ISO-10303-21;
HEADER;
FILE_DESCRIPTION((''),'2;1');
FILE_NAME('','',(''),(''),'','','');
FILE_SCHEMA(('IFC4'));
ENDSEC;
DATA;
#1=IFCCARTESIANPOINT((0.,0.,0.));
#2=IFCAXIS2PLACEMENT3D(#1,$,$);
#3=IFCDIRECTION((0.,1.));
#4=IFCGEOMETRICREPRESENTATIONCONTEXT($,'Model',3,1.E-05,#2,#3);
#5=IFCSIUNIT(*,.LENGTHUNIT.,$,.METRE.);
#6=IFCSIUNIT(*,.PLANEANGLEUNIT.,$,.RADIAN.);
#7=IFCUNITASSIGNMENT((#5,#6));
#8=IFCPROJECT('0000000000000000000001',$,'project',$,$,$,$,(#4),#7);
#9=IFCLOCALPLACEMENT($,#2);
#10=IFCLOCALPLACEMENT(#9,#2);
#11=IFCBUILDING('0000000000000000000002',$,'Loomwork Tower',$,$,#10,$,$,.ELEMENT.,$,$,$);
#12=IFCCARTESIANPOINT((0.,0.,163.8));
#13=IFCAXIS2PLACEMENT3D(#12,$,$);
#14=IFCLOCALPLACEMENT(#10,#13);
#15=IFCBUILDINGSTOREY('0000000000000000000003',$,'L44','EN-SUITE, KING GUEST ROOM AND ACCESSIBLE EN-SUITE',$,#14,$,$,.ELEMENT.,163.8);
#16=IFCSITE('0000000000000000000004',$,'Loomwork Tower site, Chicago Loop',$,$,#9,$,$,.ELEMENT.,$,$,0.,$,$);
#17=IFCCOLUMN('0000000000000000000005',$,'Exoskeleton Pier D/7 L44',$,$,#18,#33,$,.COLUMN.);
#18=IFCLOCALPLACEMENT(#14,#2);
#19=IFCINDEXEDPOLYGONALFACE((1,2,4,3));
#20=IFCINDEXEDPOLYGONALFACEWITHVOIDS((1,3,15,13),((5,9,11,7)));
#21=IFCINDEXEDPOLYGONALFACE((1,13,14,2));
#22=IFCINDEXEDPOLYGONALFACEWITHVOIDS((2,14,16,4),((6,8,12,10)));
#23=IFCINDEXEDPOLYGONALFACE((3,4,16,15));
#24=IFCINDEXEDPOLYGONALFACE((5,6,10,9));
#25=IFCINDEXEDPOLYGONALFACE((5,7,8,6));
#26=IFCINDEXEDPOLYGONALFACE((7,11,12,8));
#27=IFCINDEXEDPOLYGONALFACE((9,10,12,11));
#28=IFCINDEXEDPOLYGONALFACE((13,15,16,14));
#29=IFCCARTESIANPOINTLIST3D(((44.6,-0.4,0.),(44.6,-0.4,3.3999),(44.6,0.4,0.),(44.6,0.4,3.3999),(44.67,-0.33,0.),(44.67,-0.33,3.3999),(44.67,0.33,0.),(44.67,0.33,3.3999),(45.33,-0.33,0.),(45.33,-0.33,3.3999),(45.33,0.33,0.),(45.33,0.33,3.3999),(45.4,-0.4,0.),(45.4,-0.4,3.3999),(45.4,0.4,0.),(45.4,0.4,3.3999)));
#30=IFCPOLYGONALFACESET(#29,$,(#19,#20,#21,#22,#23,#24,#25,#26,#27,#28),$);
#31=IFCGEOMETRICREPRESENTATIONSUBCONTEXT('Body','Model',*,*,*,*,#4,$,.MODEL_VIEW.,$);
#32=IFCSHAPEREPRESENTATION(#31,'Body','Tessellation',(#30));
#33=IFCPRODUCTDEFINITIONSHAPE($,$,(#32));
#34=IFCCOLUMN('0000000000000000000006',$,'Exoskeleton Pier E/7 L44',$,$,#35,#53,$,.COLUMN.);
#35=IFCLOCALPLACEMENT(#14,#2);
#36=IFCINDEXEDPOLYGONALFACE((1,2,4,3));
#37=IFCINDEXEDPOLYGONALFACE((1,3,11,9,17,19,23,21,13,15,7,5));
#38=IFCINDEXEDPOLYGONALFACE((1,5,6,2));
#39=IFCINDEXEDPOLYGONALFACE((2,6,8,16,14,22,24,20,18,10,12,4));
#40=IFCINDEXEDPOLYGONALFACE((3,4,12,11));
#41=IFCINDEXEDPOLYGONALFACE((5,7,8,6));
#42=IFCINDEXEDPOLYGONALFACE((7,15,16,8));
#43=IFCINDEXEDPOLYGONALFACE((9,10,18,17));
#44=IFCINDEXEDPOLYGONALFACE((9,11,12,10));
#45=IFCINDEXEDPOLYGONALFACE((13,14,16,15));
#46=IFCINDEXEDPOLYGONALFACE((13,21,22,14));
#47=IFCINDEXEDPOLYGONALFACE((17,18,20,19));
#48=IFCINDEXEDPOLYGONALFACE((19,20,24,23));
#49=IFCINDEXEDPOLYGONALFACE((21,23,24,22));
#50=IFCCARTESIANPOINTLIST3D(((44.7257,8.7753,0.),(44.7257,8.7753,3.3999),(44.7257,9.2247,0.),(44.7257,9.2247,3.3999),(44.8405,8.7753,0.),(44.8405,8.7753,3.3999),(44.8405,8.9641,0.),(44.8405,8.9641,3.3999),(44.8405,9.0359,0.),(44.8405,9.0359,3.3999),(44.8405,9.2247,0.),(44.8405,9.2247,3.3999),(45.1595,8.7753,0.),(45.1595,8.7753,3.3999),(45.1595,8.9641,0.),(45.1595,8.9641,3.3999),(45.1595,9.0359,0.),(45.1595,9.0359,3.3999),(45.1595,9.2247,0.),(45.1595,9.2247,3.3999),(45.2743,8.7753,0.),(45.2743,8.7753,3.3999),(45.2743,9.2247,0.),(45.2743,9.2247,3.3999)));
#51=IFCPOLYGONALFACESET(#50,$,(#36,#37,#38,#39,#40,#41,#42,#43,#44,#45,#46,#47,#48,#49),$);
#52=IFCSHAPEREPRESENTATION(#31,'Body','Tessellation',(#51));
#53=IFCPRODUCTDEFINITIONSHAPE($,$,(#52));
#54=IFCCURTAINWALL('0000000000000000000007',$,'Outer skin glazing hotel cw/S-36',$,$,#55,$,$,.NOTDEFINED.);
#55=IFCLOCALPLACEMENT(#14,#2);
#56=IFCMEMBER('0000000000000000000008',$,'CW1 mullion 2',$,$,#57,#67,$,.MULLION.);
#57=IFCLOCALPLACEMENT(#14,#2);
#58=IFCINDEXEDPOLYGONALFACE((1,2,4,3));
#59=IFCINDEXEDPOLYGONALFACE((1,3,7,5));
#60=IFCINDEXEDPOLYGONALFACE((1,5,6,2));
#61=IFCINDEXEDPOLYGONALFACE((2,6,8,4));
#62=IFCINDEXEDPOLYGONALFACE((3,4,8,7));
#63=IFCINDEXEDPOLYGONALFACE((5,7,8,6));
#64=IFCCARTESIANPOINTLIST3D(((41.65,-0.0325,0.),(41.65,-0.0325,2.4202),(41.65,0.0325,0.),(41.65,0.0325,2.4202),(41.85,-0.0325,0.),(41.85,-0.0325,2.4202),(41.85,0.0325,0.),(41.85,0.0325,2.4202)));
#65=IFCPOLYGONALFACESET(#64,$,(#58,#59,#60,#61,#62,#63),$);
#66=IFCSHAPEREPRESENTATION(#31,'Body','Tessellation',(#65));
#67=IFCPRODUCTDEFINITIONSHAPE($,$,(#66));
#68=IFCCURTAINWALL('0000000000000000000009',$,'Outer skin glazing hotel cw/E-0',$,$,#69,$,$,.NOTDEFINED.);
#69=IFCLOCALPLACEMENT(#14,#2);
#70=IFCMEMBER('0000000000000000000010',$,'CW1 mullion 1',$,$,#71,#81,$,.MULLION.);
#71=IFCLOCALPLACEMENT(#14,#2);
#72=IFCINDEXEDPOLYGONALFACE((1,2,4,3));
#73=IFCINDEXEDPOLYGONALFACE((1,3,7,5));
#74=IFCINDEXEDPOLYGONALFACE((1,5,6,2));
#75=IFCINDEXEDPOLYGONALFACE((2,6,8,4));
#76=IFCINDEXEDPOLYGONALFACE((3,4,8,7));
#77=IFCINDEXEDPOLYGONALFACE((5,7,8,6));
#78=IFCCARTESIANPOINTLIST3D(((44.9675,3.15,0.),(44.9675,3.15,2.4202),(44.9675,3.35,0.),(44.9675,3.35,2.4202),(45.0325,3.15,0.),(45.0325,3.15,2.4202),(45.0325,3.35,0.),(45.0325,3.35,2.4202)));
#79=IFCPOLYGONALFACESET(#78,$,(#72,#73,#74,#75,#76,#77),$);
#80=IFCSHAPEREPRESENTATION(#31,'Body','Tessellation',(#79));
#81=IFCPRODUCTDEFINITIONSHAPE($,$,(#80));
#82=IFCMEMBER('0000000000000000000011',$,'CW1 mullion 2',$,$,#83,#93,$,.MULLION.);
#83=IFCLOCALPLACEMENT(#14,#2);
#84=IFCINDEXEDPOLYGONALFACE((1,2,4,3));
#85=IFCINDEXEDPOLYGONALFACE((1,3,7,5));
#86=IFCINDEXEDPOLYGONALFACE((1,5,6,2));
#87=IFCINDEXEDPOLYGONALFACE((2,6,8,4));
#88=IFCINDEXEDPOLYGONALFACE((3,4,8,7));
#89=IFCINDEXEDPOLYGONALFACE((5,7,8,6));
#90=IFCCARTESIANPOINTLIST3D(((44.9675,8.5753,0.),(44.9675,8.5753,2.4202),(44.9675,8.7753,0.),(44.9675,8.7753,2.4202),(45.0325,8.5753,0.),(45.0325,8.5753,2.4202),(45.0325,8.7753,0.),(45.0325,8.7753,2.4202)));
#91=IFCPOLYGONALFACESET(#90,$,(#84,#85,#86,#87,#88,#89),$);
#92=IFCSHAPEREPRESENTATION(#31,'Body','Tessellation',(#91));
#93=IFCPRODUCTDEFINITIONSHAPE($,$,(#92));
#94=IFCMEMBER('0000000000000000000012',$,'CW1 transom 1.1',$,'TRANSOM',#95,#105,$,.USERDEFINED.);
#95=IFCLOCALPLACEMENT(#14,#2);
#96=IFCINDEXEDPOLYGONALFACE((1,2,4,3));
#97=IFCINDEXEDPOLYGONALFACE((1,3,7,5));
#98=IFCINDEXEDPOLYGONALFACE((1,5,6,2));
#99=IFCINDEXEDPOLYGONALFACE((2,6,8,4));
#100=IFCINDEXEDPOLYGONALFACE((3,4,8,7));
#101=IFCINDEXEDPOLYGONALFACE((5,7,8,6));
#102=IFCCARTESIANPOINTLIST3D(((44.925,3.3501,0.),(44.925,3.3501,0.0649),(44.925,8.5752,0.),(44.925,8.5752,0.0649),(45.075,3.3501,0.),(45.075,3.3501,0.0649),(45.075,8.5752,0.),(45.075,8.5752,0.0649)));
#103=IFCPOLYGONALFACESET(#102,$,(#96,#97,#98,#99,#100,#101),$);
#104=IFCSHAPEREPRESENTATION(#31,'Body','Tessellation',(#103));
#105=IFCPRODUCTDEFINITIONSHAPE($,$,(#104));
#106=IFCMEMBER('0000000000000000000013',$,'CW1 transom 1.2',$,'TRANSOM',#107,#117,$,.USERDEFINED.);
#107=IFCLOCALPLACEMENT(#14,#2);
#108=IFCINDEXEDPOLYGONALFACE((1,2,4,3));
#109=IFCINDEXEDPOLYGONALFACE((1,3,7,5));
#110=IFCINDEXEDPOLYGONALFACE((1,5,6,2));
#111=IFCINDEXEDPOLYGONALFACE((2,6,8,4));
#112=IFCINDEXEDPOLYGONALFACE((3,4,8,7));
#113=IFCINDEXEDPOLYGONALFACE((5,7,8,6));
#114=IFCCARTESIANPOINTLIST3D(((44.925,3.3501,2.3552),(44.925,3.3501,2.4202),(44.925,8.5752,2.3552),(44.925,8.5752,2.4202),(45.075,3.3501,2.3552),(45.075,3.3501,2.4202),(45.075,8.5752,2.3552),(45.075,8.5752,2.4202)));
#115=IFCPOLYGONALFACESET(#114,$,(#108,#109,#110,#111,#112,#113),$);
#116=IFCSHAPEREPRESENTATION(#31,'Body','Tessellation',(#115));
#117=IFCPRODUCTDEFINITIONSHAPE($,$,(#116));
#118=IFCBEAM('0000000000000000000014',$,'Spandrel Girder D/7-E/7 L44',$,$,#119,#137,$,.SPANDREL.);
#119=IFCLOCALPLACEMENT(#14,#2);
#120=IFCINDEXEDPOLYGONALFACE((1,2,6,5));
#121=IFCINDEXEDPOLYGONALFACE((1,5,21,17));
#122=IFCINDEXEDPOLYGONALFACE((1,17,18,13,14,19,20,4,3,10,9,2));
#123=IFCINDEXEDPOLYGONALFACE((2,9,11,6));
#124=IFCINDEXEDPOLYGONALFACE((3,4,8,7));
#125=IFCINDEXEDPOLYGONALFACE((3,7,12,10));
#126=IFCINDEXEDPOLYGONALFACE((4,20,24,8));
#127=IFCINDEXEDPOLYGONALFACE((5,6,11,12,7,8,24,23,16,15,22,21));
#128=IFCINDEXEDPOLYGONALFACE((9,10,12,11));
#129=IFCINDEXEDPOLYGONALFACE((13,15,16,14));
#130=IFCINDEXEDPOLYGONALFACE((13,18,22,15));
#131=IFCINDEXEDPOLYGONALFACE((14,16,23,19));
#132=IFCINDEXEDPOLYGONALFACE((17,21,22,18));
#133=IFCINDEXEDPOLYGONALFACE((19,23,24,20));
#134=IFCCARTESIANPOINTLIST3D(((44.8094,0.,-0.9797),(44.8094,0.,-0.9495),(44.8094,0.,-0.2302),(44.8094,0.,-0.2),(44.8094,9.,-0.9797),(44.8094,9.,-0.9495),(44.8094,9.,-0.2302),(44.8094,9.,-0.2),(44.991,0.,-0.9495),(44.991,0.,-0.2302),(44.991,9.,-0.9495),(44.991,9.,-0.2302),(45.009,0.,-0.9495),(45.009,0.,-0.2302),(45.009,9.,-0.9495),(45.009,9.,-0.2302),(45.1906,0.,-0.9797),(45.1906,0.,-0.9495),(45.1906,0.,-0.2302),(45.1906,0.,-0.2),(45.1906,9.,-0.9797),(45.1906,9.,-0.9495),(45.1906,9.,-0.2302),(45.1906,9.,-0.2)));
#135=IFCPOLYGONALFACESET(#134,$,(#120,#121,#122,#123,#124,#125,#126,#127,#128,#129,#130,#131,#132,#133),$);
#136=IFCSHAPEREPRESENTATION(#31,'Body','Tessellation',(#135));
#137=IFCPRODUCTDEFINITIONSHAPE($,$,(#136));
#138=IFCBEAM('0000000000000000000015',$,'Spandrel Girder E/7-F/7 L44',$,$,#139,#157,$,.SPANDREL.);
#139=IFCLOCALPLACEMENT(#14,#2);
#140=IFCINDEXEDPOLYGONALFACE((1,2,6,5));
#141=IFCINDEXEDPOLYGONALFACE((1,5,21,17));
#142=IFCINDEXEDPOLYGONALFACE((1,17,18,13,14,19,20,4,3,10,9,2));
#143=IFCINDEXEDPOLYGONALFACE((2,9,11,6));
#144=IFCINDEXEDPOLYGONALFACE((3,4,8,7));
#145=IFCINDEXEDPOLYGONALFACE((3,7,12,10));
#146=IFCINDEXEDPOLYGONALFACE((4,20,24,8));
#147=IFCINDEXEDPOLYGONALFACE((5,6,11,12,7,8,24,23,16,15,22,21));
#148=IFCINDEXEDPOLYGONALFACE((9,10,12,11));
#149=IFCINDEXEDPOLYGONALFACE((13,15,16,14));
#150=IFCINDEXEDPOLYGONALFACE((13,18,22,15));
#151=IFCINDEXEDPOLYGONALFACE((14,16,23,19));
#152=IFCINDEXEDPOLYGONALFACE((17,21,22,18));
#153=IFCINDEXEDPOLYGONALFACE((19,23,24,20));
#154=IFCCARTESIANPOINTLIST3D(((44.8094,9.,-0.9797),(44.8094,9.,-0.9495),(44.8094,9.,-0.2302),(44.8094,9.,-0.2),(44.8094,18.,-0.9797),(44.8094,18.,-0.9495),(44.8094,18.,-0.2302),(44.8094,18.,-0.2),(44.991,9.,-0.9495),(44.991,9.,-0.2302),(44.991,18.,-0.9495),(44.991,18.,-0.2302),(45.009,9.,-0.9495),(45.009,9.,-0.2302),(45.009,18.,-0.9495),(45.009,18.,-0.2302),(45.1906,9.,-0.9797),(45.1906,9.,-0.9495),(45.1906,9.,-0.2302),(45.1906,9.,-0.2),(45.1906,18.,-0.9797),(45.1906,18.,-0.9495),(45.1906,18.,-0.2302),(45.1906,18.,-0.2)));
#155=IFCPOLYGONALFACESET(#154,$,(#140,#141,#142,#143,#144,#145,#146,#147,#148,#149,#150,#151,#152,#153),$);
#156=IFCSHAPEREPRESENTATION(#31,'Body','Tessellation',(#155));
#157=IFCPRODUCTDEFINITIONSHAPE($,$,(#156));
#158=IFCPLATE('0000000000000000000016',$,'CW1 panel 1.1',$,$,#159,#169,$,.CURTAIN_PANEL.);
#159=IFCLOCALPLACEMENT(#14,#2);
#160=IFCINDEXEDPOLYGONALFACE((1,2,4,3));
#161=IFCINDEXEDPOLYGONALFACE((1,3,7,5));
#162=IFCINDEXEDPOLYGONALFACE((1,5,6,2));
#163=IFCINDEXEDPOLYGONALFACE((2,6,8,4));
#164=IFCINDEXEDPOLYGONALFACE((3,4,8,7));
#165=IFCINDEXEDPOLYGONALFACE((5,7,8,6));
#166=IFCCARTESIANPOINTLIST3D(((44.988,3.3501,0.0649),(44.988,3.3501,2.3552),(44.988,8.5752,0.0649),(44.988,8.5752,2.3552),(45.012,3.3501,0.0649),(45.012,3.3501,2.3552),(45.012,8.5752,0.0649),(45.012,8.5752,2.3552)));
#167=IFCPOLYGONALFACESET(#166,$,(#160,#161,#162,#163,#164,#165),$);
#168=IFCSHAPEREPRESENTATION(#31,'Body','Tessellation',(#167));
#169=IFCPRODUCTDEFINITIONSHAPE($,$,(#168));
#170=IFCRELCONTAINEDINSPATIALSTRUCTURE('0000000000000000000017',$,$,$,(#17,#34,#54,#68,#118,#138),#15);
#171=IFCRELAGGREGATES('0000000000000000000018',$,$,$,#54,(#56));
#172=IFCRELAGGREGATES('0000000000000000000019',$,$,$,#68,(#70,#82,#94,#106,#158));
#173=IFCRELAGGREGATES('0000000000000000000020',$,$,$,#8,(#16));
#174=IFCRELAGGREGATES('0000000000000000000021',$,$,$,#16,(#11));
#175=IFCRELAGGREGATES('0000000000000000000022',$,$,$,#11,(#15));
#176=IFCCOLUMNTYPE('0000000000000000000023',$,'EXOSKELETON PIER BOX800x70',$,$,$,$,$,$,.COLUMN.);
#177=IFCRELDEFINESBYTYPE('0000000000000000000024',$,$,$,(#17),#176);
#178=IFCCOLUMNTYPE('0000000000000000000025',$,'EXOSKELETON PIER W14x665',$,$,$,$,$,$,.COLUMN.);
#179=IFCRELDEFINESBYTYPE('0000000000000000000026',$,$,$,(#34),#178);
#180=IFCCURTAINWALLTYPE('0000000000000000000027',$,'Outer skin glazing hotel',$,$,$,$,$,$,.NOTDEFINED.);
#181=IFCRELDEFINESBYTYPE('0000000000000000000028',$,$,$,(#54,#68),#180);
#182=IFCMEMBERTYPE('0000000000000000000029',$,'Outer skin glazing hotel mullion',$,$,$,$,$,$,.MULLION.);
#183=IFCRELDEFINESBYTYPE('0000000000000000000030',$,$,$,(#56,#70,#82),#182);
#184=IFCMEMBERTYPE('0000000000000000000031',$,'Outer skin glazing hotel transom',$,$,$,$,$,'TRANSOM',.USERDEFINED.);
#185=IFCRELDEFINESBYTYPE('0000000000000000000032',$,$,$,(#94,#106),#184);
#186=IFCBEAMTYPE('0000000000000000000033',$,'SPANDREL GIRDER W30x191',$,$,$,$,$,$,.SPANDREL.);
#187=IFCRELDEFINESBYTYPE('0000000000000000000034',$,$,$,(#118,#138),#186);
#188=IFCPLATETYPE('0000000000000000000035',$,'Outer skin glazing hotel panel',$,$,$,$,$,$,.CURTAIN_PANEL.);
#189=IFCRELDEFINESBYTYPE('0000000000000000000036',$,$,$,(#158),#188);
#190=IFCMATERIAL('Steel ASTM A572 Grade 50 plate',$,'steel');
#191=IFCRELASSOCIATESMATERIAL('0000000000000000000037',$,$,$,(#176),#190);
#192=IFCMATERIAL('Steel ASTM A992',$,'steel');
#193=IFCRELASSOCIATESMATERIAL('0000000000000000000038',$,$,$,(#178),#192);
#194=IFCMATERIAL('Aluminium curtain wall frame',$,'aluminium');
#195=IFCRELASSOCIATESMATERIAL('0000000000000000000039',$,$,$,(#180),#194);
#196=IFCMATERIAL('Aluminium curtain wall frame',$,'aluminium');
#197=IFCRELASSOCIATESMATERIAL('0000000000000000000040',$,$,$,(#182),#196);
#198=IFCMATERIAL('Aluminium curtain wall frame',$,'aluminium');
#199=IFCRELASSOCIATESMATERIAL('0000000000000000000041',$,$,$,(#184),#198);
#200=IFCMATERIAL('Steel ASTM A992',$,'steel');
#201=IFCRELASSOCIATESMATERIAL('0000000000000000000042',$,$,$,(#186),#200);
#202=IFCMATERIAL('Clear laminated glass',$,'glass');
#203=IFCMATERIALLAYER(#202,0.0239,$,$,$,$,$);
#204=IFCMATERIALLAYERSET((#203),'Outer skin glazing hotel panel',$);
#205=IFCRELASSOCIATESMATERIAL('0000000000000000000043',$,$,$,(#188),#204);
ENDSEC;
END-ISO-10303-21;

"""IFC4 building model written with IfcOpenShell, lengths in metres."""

from ifc_helpers import new_model, si_unit, direction, frame, origin, origin_2d, place, context, subcontext, project, spatial, rectangle, hollow_rectangle, i_section, extrude, material, layer, layer_set, material_profile, profile_set, type_object, element, aggregate, save


model = new_model("IFC4")

# Units and contexts
model_context = context("Model", 3, precision=1e-05, world=origin(), true_north=direction((0.0, 1.0)))
body_context = subcontext(model_context, "Body", "Model", "MODEL_VIEW")
ifc_project = project(units=[si_unit("LENGTHUNIT", "METRE"), si_unit("PLANEANGLEUNIT", "RADIAN")], contexts=[model_context])

# Site, building, storey
site_placement = place(None, origin())
site = spatial("IfcSite", under=ifc_project, at=site_placement, Name="Loomwork Tower site, Chicago Loop", CompositionType="ELEMENT", RefElevation=0.0)
building_placement = place(site_placement, origin())
building = spatial("IfcBuilding", under=site, at=building_placement, Name="Loomwork Tower", CompositionType="ELEMENT")
storey_placement = place(building_placement, frame((0.0, 0.0, 163.8)))
storey = spatial("IfcBuildingStorey", under=building, at=storey_placement, Name="L44", Description="EN-SUITE, KING GUEST ROOM AND ACCESSIBLE EN-SUITE", CompositionType="ELEMENT", Elevation=163.8)

# Columns
ifc_material_1 = material(Name="Steel ASTM A572 Grade 50 plate", Category="steel")
ifc_material_profile_1 = material_profile(ifc_material_1, hollow_rectangle(XDim=0.8, YDim=0.8, WallThickness=0.0701, at=origin_2d()), Name="BOX800x70")
ifc_profile_set_1 = profile_set([ifc_material_profile_1], Name="Steel ASTM A572 Grade 50 plate")
column_type_1 = type_object("IfcColumnType", Name="EXOSKELETON PIER BOX800x70", PredefinedType="COLUMN", material=ifc_profile_set_1)
column_1_placement = place(storey_placement, frame((45.0, 0.0, 0.0), z_axis=(0.0, 0.0, 1.0), x_axis=(1.0, 0.0, 0.0)))
element("IfcColumn", 1, at=column_1_placement, inside=storey, type_object=column_type_1, Name="Exoskeleton Pier D/7 L44", PredefinedType="COLUMN", context=body_context, shape_type="SweptSolid", body=[
    extrude(hollow_rectangle(XDim=0.8, YDim=0.8, WallThickness=0.0701, at=origin_2d()), origin(), (0.0, 0.0, 1.0), 3.3999),
])
ifc_material_2 = material(Name="Steel ASTM A992", Category="steel")
ifc_material_profile_2 = material_profile(ifc_material_2, i_section(OverallWidth=0.4495, OverallDepth=0.5486, WebThickness=0.0718, FlangeThickness=0.1147, at=origin_2d()), Name="W14x665")
ifc_profile_set_2 = profile_set([ifc_material_profile_2], Name="Steel ASTM A992")
column_type_2 = type_object("IfcColumnType", Name="EXOSKELETON PIER W14x665", PredefinedType="COLUMN", material=ifc_profile_set_2)
column_2_placement = place(storey_placement, frame((45.0, 9.0, 0.0), z_axis=(0.0, 0.0, 1.0), x_axis=(0.0, 1.0, 0.0)))
element("IfcColumn", 2, at=column_2_placement, inside=storey, type_object=column_type_2, Name="Exoskeleton Pier E/7 L44", PredefinedType="COLUMN", context=body_context, shape_type="SweptSolid", body=[
    extrude(i_section(OverallWidth=0.4495, OverallDepth=0.5486, WebThickness=0.0718, FlangeThickness=0.1147, at=origin_2d()), origin(), (0.0, 0.0, 1.0), 3.3999),
])

# Curtain wall, member
ifc_material_3 = material(Name="Aluminium curtain wall frame", Category="aluminium")
curtain_wall_type = type_object("IfcCurtainWallType", Name="Outer skin glazing hotel", PredefinedType="NOTDEFINED", material=ifc_material_3)
curtain_wall_1_placement = place(storey_placement, origin())
curtain_wall_1 = element("IfcCurtainWall", 3, at=curtain_wall_1_placement, inside=storey, type_object=curtain_wall_type, Name="Outer skin glazing hotel cw/S-36", PredefinedType="NOTDEFINED")
ifc_material_4 = material(Name="Aluminium curtain wall frame", Category="aluminium")
ifc_material_profile_3 = material_profile(ifc_material_4, rectangle(XDim=0.0649, YDim=0.2, at=origin_2d()), Name="AL 65x200")
ifc_profile_set_3 = profile_set([ifc_material_profile_3], Name="Aluminium curtain wall frame")
member_type_1 = type_object("IfcMemberType", Name="Outer skin glazing hotel mullion", PredefinedType="MULLION", material=ifc_profile_set_3)
member_1_placement = place(storey_placement, frame((41.75, 0.0, 0.0), z_axis=(0.0, 0.0, 1.0), x_axis=(0.0, 1.0, 0.0)))
member_1 = element("IfcMember", 4, at=member_1_placement, type_object=member_type_1, Name="CW1 mullion 2", PredefinedType="MULLION", context=body_context, shape_type="SweptSolid", body=[
    extrude(rectangle(XDim=0.0649, YDim=0.2, at=origin_2d()), origin(), (0.0, 0.0, 1.0), 2.4202),
])
aggregate(curtain_wall_1, [member_1])

# Curtain wall, members
curtain_wall_2_placement = place(storey_placement, origin())
curtain_wall_2 = element("IfcCurtainWall", 5, at=curtain_wall_2_placement, inside=storey, type_object=curtain_wall_type, Name="Outer skin glazing hotel cw/E-0", PredefinedType="NOTDEFINED")
member_2_placement = place(storey_placement, frame((45.0, 3.25, 0.0), z_axis=(0.0, 0.0, 1.0), x_axis=(-1.0, 0.0, 0.0)))
member_2 = element("IfcMember", 6, at=member_2_placement, type_object=member_type_1, Name="CW1 mullion 1", PredefinedType="MULLION", context=body_context, shape_type="SweptSolid", body=[
    extrude(rectangle(XDim=0.0649, YDim=0.2, at=origin_2d()), origin(), (0.0, 0.0, 1.0), 2.4202),
])
member_3_placement = place(storey_placement, frame((45.0, 8.6753, 0.0), z_axis=(0.0, 0.0, 1.0), x_axis=(-1.0, 0.0, 0.0)))
member_3 = element("IfcMember", 7, at=member_3_placement, type_object=member_type_1, Name="CW1 mullion 2", PredefinedType="MULLION", context=body_context, shape_type="SweptSolid", body=[
    extrude(rectangle(XDim=0.0649, YDim=0.2, at=origin_2d()), origin(), (0.0, 0.0, 1.0), 2.4202),
])
ifc_material_5 = material(Name="Aluminium curtain wall frame", Category="aluminium")
ifc_material_profile_4 = material_profile(ifc_material_5, rectangle(XDim=0.1499, YDim=0.0649, at=origin_2d()), Name="AL 65x150")
ifc_profile_set_4 = profile_set([ifc_material_profile_4], Name="Aluminium curtain wall frame")
member_type_2 = type_object("IfcMemberType", Name="Outer skin glazing hotel transom", ElementType="TRANSOM", PredefinedType="USERDEFINED", material=ifc_profile_set_4)
member_4_placement = place(storey_placement, frame((45.0, 3.3501, 0.0325), z_axis=(0.0, 1.0, 0.0), x_axis=(-1.0, 0.0, 0.0)))
member_4 = element("IfcMember", 8, at=member_4_placement, type_object=member_type_2, Name="CW1 transom 1.1", ObjectType="TRANSOM", PredefinedType="USERDEFINED", context=body_context, shape_type="SweptSolid", body=[
    extrude(rectangle(XDim=0.1499, YDim=0.0649, at=origin_2d()), origin(), (0.0, 0.0, 1.0), 5.2251),
])
member_5_placement = place(storey_placement, frame((45.0, 3.3501, 2.3877), z_axis=(0.0, 1.0, 0.0), x_axis=(-1.0, 0.0, 0.0)))
member_5 = element("IfcMember", 9, at=member_5_placement, type_object=member_type_2, Name="CW1 transom 1.2", ObjectType="TRANSOM", PredefinedType="USERDEFINED", context=body_context, shape_type="SweptSolid", body=[
    extrude(rectangle(XDim=0.1499, YDim=0.0649, at=origin_2d()), origin(), (0.0, 0.0, 1.0), 5.2251),
])

# Beams
ifc_material_6 = material(Name="Steel ASTM A992", Category="steel")
ifc_material_profile_5 = material_profile(ifc_material_6, i_section(OverallWidth=0.3811, OverallDepth=0.7798, WebThickness=0.0181, FlangeThickness=0.0303, at=origin_2d()), Name="W30x191")
ifc_profile_set_5 = profile_set([ifc_material_profile_5], Name="Steel ASTM A992")
beam_type = type_object("IfcBeamType", Name="SPANDREL GIRDER W30x191", PredefinedType="SPANDREL", material=ifc_profile_set_5)
for number, where, z_axis, x_axis, name in (
    (10, (45.0, 0.0, -0.5898), (0.0, 1.0, 0.0), (-1.0, 0.0, 0.0), "Spandrel Girder D/7-E/7 L44"),
    (11, (45.0, 9.0, -0.5898), (0.0, 1.0, 0.0), (-1.0, 0.0, 0.0), "Spandrel Girder E/7-F/7 L44"),
):
    element("IfcBeam", number, at=place(storey_placement, frame(where, z_axis=z_axis, x_axis=x_axis)), inside=storey, type_object=beam_type, Name=name, PredefinedType="SPANDREL", context=body_context, shape_type="SweptSolid", body=[
        extrude(i_section(OverallWidth=0.3811, OverallDepth=0.7798, WebThickness=0.0181, FlangeThickness=0.0303, at=origin_2d()), origin(), (0.0, 0.0, 1.0), 9.0),
    ])

# Plate
ifc_material_7 = material(Name="Clear laminated glass", Category="glass")
ifc_layer_1 = layer(ifc_material_7, 0.0239)
ifc_layer_set_1 = layer_set([ifc_layer_1], Name="Outer skin glazing hotel panel")
plate_type = type_object("IfcPlateType", Name="Outer skin glazing hotel panel", PredefinedType="CURTAIN_PANEL", material=ifc_layer_set_1)
plate_placement = place(storey_placement, frame((45.0, 5.9626, 0.0649), z_axis=(0.0, 0.0, 1.0), x_axis=(0.0, 1.0, 0.0)))
plate = element("IfcPlate", 12, at=plate_placement, type_object=plate_type, Name="CW1 panel 1.1", PredefinedType="CURTAIN_PANEL", context=body_context, shape_type="SweptSolid", body=[
    extrude(rectangle(XDim=5.2251, YDim=0.0239, at=origin_2d()), origin(), (0.0, 0.0, 1.0), 2.2903),
])
aggregate(curtain_wall_2, [member_2, member_3, member_4, member_5, plate])

save(model, "model.ifc")
